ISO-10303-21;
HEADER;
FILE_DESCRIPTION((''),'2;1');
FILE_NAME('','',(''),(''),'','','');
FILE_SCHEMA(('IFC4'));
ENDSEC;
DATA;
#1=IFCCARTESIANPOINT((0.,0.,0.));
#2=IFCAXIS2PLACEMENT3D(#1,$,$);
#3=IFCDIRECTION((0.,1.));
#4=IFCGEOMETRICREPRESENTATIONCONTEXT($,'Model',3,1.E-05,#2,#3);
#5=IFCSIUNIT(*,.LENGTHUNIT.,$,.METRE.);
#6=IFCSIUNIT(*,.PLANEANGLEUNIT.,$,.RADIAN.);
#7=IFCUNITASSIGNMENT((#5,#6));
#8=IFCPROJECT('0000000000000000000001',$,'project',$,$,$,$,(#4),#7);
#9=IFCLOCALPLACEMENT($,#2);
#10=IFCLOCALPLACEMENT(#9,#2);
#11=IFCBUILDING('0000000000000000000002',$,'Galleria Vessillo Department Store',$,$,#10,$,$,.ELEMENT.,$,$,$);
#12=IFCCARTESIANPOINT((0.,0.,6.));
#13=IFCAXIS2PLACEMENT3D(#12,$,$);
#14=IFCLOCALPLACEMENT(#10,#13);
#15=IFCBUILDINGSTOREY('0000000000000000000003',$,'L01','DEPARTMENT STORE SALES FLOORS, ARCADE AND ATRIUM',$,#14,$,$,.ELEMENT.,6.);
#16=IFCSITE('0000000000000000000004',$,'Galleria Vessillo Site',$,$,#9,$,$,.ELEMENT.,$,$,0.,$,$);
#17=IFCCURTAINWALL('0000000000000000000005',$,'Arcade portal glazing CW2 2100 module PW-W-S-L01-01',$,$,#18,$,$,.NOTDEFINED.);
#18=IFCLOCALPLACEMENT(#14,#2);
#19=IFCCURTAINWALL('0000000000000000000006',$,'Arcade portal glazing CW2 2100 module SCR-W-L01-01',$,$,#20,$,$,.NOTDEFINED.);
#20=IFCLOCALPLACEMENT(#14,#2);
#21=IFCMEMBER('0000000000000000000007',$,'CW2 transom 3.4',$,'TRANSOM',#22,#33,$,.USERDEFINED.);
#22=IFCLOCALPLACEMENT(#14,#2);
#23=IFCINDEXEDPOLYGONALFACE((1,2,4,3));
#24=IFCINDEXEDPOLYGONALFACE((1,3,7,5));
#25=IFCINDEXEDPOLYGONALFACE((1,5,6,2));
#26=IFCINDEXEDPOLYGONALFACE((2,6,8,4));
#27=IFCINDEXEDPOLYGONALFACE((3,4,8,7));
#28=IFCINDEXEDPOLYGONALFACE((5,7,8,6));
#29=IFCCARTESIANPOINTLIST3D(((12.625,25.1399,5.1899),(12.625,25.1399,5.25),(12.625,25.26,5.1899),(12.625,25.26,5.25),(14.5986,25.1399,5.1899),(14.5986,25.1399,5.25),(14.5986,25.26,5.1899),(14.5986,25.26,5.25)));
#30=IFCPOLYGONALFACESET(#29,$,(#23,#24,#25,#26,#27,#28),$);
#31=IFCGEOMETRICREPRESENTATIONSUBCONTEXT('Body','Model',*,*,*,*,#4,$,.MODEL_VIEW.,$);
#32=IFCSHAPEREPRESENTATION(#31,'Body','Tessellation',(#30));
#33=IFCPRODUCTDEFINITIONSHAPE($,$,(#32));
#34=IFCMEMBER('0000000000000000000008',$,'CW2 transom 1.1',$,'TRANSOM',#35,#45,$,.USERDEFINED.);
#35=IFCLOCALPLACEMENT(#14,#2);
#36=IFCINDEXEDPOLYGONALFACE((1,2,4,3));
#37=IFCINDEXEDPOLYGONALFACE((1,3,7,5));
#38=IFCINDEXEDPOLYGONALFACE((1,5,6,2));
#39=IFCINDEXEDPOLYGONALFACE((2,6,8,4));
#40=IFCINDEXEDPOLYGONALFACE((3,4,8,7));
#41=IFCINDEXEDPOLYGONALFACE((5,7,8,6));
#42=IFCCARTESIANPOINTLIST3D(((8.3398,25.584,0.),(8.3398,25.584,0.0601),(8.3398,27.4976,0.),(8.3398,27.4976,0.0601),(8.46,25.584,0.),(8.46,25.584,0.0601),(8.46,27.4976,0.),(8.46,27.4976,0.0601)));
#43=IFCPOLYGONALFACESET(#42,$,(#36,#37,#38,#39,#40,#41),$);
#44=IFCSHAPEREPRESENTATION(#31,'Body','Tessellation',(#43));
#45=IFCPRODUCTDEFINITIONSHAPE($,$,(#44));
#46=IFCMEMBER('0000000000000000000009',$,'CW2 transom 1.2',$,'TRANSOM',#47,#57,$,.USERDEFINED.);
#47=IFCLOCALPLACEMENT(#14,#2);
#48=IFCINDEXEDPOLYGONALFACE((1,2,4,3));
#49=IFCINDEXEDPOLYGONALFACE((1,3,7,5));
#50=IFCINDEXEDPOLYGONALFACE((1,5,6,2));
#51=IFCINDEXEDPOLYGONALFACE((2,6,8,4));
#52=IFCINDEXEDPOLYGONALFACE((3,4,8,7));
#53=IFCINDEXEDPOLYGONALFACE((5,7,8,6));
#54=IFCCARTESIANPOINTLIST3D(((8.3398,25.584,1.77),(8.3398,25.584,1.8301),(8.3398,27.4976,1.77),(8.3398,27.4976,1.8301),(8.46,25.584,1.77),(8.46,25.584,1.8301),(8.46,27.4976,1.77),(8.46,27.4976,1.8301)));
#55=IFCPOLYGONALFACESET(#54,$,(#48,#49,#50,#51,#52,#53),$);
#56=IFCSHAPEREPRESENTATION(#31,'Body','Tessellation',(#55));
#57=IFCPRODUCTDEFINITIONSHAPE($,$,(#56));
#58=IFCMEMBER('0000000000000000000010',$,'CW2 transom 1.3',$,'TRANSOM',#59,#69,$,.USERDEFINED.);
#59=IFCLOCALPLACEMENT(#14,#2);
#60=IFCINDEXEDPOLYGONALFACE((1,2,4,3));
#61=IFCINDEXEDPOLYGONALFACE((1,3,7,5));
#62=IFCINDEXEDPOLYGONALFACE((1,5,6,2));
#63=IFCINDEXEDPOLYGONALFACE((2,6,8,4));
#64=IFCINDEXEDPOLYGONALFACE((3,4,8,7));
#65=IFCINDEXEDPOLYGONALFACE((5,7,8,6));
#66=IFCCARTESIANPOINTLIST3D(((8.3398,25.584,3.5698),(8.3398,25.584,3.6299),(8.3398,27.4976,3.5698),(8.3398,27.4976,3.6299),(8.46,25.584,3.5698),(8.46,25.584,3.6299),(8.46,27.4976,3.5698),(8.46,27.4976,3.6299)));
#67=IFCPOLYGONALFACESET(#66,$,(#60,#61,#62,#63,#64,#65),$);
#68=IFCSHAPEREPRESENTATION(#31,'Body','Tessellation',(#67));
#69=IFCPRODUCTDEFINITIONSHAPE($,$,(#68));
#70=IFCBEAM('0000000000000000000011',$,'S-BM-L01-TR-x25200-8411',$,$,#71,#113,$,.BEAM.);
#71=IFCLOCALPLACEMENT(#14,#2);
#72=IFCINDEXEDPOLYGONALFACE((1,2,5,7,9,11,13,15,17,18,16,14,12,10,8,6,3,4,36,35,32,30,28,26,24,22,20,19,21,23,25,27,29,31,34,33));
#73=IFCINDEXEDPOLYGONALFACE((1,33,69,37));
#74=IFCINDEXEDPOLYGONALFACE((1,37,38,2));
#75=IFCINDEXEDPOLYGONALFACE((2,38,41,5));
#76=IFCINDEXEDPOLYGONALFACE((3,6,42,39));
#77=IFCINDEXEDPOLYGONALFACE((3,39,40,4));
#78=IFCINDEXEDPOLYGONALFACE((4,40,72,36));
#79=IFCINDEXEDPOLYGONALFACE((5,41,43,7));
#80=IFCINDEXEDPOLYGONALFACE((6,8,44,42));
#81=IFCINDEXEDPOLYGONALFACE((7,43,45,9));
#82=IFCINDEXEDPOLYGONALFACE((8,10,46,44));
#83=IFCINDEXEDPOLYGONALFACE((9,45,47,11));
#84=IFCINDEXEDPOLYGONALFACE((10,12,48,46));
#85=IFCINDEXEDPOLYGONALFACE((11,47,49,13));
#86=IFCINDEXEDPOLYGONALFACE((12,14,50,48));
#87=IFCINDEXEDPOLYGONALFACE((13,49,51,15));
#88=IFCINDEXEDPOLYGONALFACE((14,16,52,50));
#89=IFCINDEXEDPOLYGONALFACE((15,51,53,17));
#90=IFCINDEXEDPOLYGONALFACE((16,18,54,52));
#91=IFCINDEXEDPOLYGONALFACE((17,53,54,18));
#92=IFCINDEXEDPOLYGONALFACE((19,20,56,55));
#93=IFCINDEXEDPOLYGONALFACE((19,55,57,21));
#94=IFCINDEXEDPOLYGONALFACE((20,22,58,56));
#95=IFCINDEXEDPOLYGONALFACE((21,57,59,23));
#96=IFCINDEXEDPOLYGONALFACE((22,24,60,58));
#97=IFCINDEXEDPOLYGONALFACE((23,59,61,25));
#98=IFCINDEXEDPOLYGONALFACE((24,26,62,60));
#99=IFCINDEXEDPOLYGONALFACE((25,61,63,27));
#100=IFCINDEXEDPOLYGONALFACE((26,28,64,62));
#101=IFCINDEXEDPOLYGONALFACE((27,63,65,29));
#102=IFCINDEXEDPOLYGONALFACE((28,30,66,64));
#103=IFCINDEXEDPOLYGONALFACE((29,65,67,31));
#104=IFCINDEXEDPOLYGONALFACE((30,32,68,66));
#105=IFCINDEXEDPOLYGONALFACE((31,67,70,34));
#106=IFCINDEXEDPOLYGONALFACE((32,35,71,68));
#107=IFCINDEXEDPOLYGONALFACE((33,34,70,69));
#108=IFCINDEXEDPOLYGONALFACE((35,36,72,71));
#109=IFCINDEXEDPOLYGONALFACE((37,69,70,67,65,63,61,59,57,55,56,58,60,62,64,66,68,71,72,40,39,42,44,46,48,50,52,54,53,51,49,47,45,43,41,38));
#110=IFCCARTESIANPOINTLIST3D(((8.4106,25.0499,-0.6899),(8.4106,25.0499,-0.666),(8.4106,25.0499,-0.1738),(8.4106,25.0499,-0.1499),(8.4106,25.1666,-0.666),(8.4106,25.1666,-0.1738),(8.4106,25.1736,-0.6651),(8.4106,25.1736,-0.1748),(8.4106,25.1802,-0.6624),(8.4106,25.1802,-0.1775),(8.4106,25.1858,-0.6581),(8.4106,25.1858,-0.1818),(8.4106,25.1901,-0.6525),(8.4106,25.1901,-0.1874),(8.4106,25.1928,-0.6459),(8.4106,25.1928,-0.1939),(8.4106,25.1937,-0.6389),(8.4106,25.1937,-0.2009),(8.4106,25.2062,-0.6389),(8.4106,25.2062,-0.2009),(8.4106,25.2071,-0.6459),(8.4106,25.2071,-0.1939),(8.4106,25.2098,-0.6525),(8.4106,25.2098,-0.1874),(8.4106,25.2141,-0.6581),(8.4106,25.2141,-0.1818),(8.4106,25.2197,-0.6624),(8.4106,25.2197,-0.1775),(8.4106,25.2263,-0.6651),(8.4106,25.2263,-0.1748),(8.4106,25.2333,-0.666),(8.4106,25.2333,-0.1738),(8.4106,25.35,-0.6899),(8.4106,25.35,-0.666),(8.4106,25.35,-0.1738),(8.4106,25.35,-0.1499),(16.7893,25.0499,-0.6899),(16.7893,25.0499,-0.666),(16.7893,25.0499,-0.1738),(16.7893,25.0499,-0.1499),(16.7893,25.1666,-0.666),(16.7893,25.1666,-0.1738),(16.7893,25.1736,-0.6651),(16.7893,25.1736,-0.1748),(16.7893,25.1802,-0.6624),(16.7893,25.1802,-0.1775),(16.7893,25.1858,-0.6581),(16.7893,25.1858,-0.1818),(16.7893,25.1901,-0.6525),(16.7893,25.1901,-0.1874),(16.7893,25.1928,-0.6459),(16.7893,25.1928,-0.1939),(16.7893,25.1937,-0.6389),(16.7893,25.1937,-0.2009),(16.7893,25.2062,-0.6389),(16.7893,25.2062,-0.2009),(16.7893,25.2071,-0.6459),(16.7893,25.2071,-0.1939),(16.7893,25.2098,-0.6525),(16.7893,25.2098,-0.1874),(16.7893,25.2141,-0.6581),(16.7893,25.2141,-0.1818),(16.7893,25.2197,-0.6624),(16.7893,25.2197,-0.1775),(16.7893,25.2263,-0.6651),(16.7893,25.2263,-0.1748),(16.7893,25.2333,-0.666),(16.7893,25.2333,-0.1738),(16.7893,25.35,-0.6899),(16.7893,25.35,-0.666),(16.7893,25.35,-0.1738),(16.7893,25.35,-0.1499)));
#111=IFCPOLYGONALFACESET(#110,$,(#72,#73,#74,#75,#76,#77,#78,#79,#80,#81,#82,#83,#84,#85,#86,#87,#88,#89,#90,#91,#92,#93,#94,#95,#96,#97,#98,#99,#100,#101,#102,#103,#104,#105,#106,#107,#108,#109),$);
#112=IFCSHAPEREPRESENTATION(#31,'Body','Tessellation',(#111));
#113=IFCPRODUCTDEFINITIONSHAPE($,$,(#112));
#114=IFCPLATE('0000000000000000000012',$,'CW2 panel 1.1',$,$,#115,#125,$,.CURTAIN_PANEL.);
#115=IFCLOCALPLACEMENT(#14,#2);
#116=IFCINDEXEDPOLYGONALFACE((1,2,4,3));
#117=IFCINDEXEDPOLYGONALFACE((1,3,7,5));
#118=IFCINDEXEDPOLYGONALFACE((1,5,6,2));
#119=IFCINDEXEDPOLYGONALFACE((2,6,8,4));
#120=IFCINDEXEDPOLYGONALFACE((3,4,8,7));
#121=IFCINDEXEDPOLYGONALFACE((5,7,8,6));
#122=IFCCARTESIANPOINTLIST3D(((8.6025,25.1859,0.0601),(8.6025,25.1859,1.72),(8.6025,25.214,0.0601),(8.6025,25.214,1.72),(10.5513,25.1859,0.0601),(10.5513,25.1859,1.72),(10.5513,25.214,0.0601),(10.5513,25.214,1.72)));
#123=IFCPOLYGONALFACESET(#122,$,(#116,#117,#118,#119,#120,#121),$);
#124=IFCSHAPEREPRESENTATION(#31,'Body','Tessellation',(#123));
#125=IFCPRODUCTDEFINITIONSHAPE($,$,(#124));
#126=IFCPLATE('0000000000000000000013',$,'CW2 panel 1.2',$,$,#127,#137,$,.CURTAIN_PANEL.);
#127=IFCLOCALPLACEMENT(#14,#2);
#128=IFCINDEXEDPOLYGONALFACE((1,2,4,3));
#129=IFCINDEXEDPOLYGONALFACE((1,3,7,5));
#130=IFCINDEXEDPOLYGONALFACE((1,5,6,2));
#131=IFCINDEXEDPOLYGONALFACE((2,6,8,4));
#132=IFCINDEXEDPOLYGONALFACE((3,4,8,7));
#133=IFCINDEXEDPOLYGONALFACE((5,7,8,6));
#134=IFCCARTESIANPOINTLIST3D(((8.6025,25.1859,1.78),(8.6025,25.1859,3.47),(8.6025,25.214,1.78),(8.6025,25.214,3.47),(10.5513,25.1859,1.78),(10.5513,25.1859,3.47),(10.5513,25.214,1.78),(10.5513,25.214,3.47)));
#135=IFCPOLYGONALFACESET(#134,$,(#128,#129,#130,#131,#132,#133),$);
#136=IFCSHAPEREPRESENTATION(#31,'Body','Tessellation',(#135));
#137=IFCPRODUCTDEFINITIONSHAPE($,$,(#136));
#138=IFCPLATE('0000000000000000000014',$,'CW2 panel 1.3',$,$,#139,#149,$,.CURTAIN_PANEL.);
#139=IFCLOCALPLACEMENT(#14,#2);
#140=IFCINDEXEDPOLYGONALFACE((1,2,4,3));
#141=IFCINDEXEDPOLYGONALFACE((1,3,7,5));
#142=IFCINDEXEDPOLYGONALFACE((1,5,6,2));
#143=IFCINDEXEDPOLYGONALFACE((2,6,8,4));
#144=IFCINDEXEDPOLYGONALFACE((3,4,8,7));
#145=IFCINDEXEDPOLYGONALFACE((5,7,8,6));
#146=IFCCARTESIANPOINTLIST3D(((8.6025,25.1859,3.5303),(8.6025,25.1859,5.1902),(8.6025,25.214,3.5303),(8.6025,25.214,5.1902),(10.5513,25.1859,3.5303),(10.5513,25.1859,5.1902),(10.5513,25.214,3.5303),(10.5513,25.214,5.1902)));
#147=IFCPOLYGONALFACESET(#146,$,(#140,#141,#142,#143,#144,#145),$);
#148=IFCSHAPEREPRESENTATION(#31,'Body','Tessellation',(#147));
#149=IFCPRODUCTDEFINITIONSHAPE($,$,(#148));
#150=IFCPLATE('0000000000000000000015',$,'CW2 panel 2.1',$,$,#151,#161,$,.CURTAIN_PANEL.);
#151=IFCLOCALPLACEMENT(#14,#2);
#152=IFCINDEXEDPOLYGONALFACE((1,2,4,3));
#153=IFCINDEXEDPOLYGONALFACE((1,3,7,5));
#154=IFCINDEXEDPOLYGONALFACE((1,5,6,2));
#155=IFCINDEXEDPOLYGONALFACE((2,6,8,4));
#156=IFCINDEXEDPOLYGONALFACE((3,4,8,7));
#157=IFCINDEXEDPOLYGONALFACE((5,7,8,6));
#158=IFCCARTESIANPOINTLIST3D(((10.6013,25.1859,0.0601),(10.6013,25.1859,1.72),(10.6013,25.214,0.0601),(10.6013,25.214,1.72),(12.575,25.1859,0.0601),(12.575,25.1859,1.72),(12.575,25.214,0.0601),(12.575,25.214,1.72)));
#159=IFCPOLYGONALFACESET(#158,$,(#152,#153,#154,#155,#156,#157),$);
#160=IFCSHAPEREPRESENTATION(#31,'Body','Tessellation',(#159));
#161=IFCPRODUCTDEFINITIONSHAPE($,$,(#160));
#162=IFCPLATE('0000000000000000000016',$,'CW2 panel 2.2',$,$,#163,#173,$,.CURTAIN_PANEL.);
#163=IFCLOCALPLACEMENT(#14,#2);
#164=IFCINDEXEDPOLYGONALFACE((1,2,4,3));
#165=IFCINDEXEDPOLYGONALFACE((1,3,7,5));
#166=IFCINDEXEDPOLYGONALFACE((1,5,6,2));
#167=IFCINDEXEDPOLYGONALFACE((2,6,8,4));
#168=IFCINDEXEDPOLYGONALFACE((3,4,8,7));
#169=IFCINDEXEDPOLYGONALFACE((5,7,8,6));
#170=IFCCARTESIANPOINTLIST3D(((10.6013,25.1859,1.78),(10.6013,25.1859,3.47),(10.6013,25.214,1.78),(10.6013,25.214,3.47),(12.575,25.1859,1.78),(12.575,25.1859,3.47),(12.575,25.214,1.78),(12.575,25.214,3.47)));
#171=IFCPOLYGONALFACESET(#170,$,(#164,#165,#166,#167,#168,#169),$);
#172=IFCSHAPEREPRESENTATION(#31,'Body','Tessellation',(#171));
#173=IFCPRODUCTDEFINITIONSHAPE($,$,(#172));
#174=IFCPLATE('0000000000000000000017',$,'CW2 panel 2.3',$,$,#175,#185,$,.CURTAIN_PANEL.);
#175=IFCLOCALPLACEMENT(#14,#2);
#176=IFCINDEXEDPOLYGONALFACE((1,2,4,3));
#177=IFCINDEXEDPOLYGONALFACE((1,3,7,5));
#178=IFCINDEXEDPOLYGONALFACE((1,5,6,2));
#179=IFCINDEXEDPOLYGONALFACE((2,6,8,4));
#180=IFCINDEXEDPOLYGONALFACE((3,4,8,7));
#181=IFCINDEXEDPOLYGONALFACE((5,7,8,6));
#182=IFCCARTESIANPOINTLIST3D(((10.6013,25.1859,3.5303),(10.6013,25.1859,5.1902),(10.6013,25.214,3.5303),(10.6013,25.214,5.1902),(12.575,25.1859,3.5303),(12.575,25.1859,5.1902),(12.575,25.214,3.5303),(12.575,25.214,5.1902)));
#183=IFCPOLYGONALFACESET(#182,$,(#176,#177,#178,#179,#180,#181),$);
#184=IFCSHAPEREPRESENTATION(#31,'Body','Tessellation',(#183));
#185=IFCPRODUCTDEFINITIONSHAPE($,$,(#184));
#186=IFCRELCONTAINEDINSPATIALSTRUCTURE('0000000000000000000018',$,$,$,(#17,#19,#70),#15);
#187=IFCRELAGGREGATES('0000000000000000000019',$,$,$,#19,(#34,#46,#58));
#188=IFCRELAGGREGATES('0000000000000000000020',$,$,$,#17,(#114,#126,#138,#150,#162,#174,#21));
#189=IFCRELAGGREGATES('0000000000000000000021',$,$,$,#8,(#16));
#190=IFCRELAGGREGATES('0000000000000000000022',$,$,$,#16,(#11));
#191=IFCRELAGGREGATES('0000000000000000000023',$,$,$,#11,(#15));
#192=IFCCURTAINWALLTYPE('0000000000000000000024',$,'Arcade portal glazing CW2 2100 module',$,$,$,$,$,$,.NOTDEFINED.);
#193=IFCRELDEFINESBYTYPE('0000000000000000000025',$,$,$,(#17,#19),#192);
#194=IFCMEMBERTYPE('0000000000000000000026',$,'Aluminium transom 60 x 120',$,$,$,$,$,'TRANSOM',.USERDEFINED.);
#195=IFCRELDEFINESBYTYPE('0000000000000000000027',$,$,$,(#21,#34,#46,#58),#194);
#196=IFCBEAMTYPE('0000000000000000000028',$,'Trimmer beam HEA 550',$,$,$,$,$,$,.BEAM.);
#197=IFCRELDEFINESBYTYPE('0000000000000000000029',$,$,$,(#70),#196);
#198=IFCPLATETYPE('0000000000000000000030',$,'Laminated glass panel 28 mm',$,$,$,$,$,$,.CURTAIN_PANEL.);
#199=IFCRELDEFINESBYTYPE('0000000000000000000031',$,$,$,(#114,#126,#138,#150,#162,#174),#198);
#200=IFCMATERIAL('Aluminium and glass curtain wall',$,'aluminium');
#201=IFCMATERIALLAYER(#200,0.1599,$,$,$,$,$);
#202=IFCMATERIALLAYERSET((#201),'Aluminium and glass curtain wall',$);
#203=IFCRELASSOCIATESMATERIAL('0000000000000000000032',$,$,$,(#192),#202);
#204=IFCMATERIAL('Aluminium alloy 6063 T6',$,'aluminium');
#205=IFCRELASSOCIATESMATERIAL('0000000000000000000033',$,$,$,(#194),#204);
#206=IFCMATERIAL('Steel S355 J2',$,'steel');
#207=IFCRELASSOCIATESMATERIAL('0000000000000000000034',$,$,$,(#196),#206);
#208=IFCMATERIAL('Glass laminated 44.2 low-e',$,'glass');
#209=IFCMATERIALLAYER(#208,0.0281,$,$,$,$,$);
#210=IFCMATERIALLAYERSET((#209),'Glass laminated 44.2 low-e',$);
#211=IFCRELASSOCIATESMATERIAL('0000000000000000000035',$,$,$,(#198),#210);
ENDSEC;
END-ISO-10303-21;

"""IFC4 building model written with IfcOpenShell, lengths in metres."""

from ifc_helpers import new_model, si_unit, direction, frame, origin, origin_2d, place, context, subcontext, project, spatial, rectangle, i_section, extrude, material, layer, layer_set, material_profile, profile_set, type_object, element, aggregate, save


model = new_model("IFC4")

# Units and contexts
model_context = context("Model", 3, precision=1e-05, world=origin(), true_north=direction((0.0, 1.0)))
body_context = subcontext(model_context, "Body", "Model", "MODEL_VIEW")
ifc_project = project(units=[si_unit("LENGTHUNIT", "METRE"), si_unit("PLANEANGLEUNIT", "RADIAN")], contexts=[model_context])

# Site, building, storey
site_placement = place(None, origin())
site = spatial("IfcSite", under=ifc_project, at=site_placement, Name="Galleria Vessillo Site", CompositionType="ELEMENT", RefElevation=0.0)
building_placement = place(site_placement, origin())
building = spatial("IfcBuilding", under=site, at=building_placement, Name="Galleria Vessillo Department Store", CompositionType="ELEMENT")
storey_placement = place(building_placement, frame((0.0, 0.0, 6.0)))
storey = spatial("IfcBuildingStorey", under=building, at=storey_placement, Name="L01", Description="DEPARTMENT STORE SALES FLOORS, ARCADE AND ATRIUM", CompositionType="ELEMENT", Elevation=6.0)

# Curtain wall
ifc_material_1 = material(Name="Aluminium and glass curtain wall", Category="aluminium")
ifc_layer_1 = layer(ifc_material_1, 0.1599)
ifc_layer_set_1 = layer_set([ifc_layer_1], Name="Aluminium and glass curtain wall")
curtain_wall_type = type_object("IfcCurtainWallType", Name="Arcade portal glazing CW2 2100 module", PredefinedType="NOTDEFINED", material=ifc_layer_set_1)
curtain_wall_1_placement = place(storey_placement, origin())
curtain_wall_1 = element("IfcCurtainWall", 1, at=curtain_wall_1_placement, inside=storey, type_object=curtain_wall_type, Name="Arcade portal glazing CW2 2100 module PW-W-S-L01-01", PredefinedType="NOTDEFINED")

# Curtain wall
curtain_wall_2_placement = place(storey_placement, origin())
curtain_wall_2 = element("IfcCurtainWall", 2, at=curtain_wall_2_placement, inside=storey, type_object=curtain_wall_type, Name="Arcade portal glazing CW2 2100 module SCR-W-L01-01", PredefinedType="NOTDEFINED")

# Members
ifc_material_2 = material(Name="Aluminium alloy 6063 T6", Category="aluminium")
ifc_material_profile_1 = material_profile(ifc_material_2, rectangle(XDim=0.1201, YDim=0.0601, at=origin_2d()), Name="AL 60x120")
ifc_profile_set_1 = profile_set([ifc_material_profile_1], Name="Aluminium alloy 6063 T6")
member_type_1 = type_object("IfcMemberType", Name="Aluminium transom 60 x 120", ElementType="TRANSOM", PredefinedType="USERDEFINED", material=ifc_profile_set_1)
member_1_placement = place(storey_placement, frame((12.625, 25.2, 5.22), z_axis=(1.0, 0.0, 0.0), x_axis=(0.0, 1.0, 0.0)))
member_1 = element("IfcMember", 3, at=member_1_placement, type_object=member_type_1, Name="CW2 transom 3.4", ObjectType="TRANSOM", PredefinedType="USERDEFINED", context=body_context, shape_type="SweptSolid", body=[
    extrude(rectangle(XDim=0.1201, YDim=0.0601, at=origin_2d()), origin(), (0.0, 0.0, 1.0), 1.9736),
])
member_2_placement = place(storey_placement, frame((8.3999, 25.584, 0.03), z_axis=(0.0, 1.0, 0.0), x_axis=(-1.0, 0.0, 0.0)))
member_2 = element("IfcMember", 4, at=member_2_placement, type_object=member_type_1, Name="CW2 transom 1.1", ObjectType="TRANSOM", PredefinedType="USERDEFINED", context=body_context, shape_type="SweptSolid", body=[
    extrude(rectangle(XDim=0.1201, YDim=0.0601, at=origin_2d()), origin(), (0.0, 0.0, 1.0), 1.9136),
])
member_3_placement = place(storey_placement, frame((8.3999, 25.584, 1.8), z_axis=(0.0, 1.0, 0.0), x_axis=(-1.0, 0.0, 0.0)))
member_3 = element("IfcMember", 5, at=member_3_placement, type_object=member_type_1, Name="CW2 transom 1.2", ObjectType="TRANSOM", PredefinedType="USERDEFINED", context=body_context, shape_type="SweptSolid", body=[
    extrude(rectangle(XDim=0.1201, YDim=0.0601, at=origin_2d()), origin(), (0.0, 0.0, 1.0), 1.9136),
])
member_4_placement = place(storey_placement, frame((8.3999, 25.584, 3.5999), z_axis=(0.0, 1.0, 0.0), x_axis=(-1.0, 0.0, 0.0)))
member_4 = element("IfcMember", 6, at=member_4_placement, type_object=member_type_1, Name="CW2 transom 1.3", ObjectType="TRANSOM", PredefinedType="USERDEFINED", context=body_context, shape_type="SweptSolid", body=[
    extrude(rectangle(XDim=0.1201, YDim=0.0601, at=origin_2d()), origin(), (0.0, 0.0, 1.0), 1.9136),
])
aggregate(curtain_wall_2, [member_2, member_3, member_4])

# Beam
ifc_material_3 = material(Name="Steel S355 J2", Category="steel")
ifc_material_profile_2 = material_profile(ifc_material_3, i_section(OverallWidth=0.3, OverallDepth=0.54, WebThickness=0.0125, FlangeThickness=0.0239, FilletRadius=0.0271, at=origin_2d()), Name="HEA 550")
ifc_profile_set_2 = profile_set([ifc_material_profile_2], Name="Steel S355 J2")
beam_type = type_object("IfcBeamType", Name="Trimmer beam HEA 550", PredefinedType="BEAM", material=ifc_profile_set_2)
beam_placement = place(storey_placement, frame((8.4106, 25.2, -0.4199), z_axis=(1.0, 0.0, 0.0), x_axis=(0.0, 1.0, 0.0)))
element("IfcBeam", 7, at=beam_placement, inside=storey, type_object=beam_type, Name="S-BM-L01-TR-x25200-8411", PredefinedType="BEAM", context=body_context, shape_type="SweptSolid", body=[
    extrude(i_section(OverallWidth=0.3, OverallDepth=0.54, WebThickness=0.0125, FlangeThickness=0.0239, FilletRadius=0.0271, at=origin_2d()), origin(), (0.0, 0.0, 1.0), 8.3787),
])

# Plates
ifc_material_4 = material(Name="Glass laminated 44.2 low-e", Category="glass")
ifc_layer_2 = layer(ifc_material_4, 0.0281)
ifc_layer_set_2 = layer_set([ifc_layer_2], Name="Glass laminated 44.2 low-e")
plate_type = type_object("IfcPlateType", Name="Laminated glass panel 28 mm", PredefinedType="CURTAIN_PANEL", material=ifc_layer_set_2)
plate_1_placement = place(storey_placement, frame((9.5769, 25.2, 0.0601), z_axis=(0.0, 0.0, 1.0), x_axis=(1.0, 0.0, 0.0)))
plate_1 = element("IfcPlate", 8, at=plate_1_placement, type_object=plate_type, Name="CW2 panel 1.1", PredefinedType="CURTAIN_PANEL", context=body_context, shape_type="SweptSolid", body=[
    extrude(rectangle(XDim=1.9487, YDim=0.0281, at=origin_2d()), origin(), (0.0, 0.0, 1.0), 1.6599),
])
plate_2_placement = place(storey_placement, frame((9.5769, 25.2, 1.78), z_axis=(0.0, 0.0, 1.0), x_axis=(1.0, 0.0, 0.0)))
plate_2 = element("IfcPlate", 9, at=plate_2_placement, type_object=plate_type, Name="CW2 panel 1.2", PredefinedType="CURTAIN_PANEL", context=body_context, shape_type="SweptSolid", body=[
    extrude(rectangle(XDim=1.9487, YDim=0.0281, at=origin_2d()), origin(), (0.0, 0.0, 1.0), 1.6899),
])
plate_3_placement = place(storey_placement, frame((9.5769, 25.2, 3.5303), z_axis=(0.0, 0.0, 1.0), x_axis=(1.0, 0.0, 0.0)))
plate_3 = element("IfcPlate", 10, at=plate_3_placement, type_object=plate_type, Name="CW2 panel 1.3", PredefinedType="CURTAIN_PANEL", context=body_context, shape_type="SweptSolid", body=[
    extrude(rectangle(XDim=1.9487, YDim=0.0281, at=origin_2d()), origin(), (0.0, 0.0, 1.0), 1.6599),
])
plate_4_placement = place(storey_placement, frame((11.5881, 25.2, 0.0601), z_axis=(0.0, 0.0, 1.0), x_axis=(1.0, 0.0, 0.0)))
plate_4 = element("IfcPlate", 11, at=plate_4_placement, type_object=plate_type, Name="CW2 panel 2.1", PredefinedType="CURTAIN_PANEL", context=body_context, shape_type="SweptSolid", body=[
    extrude(rectangle(XDim=1.9736, YDim=0.0281, at=origin_2d()), origin(), (0.0, 0.0, 1.0), 1.6599),
])
plate_5_placement = place(storey_placement, frame((11.5881, 25.2, 1.78), z_axis=(0.0, 0.0, 1.0), x_axis=(1.0, 0.0, 0.0)))
plate_5 = element("IfcPlate", 12, at=plate_5_placement, type_object=plate_type, Name="CW2 panel 2.2", PredefinedType="CURTAIN_PANEL", context=body_context, shape_type="SweptSolid", body=[
    extrude(rectangle(XDim=1.9736, YDim=0.0281, at=origin_2d()), origin(), (0.0, 0.0, 1.0), 1.6899),
])
plate_6_placement = place(storey_placement, frame((11.5881, 25.2, 3.5303), z_axis=(0.0, 0.0, 1.0), x_axis=(1.0, 0.0, 0.0)))
plate_6 = element("IfcPlate", 13, at=plate_6_placement, type_object=plate_type, Name="CW2 panel 2.3", PredefinedType="CURTAIN_PANEL", context=body_context, shape_type="SweptSolid", body=[
    extrude(rectangle(XDim=1.9736, YDim=0.0281, at=origin_2d()), origin(), (0.0, 0.0, 1.0), 1.6599),
])
aggregate(curtain_wall_1, [plate_1, plate_2, plate_3, plate_4, plate_5, plate_6, member_1])

save(model, "model.ifc")
